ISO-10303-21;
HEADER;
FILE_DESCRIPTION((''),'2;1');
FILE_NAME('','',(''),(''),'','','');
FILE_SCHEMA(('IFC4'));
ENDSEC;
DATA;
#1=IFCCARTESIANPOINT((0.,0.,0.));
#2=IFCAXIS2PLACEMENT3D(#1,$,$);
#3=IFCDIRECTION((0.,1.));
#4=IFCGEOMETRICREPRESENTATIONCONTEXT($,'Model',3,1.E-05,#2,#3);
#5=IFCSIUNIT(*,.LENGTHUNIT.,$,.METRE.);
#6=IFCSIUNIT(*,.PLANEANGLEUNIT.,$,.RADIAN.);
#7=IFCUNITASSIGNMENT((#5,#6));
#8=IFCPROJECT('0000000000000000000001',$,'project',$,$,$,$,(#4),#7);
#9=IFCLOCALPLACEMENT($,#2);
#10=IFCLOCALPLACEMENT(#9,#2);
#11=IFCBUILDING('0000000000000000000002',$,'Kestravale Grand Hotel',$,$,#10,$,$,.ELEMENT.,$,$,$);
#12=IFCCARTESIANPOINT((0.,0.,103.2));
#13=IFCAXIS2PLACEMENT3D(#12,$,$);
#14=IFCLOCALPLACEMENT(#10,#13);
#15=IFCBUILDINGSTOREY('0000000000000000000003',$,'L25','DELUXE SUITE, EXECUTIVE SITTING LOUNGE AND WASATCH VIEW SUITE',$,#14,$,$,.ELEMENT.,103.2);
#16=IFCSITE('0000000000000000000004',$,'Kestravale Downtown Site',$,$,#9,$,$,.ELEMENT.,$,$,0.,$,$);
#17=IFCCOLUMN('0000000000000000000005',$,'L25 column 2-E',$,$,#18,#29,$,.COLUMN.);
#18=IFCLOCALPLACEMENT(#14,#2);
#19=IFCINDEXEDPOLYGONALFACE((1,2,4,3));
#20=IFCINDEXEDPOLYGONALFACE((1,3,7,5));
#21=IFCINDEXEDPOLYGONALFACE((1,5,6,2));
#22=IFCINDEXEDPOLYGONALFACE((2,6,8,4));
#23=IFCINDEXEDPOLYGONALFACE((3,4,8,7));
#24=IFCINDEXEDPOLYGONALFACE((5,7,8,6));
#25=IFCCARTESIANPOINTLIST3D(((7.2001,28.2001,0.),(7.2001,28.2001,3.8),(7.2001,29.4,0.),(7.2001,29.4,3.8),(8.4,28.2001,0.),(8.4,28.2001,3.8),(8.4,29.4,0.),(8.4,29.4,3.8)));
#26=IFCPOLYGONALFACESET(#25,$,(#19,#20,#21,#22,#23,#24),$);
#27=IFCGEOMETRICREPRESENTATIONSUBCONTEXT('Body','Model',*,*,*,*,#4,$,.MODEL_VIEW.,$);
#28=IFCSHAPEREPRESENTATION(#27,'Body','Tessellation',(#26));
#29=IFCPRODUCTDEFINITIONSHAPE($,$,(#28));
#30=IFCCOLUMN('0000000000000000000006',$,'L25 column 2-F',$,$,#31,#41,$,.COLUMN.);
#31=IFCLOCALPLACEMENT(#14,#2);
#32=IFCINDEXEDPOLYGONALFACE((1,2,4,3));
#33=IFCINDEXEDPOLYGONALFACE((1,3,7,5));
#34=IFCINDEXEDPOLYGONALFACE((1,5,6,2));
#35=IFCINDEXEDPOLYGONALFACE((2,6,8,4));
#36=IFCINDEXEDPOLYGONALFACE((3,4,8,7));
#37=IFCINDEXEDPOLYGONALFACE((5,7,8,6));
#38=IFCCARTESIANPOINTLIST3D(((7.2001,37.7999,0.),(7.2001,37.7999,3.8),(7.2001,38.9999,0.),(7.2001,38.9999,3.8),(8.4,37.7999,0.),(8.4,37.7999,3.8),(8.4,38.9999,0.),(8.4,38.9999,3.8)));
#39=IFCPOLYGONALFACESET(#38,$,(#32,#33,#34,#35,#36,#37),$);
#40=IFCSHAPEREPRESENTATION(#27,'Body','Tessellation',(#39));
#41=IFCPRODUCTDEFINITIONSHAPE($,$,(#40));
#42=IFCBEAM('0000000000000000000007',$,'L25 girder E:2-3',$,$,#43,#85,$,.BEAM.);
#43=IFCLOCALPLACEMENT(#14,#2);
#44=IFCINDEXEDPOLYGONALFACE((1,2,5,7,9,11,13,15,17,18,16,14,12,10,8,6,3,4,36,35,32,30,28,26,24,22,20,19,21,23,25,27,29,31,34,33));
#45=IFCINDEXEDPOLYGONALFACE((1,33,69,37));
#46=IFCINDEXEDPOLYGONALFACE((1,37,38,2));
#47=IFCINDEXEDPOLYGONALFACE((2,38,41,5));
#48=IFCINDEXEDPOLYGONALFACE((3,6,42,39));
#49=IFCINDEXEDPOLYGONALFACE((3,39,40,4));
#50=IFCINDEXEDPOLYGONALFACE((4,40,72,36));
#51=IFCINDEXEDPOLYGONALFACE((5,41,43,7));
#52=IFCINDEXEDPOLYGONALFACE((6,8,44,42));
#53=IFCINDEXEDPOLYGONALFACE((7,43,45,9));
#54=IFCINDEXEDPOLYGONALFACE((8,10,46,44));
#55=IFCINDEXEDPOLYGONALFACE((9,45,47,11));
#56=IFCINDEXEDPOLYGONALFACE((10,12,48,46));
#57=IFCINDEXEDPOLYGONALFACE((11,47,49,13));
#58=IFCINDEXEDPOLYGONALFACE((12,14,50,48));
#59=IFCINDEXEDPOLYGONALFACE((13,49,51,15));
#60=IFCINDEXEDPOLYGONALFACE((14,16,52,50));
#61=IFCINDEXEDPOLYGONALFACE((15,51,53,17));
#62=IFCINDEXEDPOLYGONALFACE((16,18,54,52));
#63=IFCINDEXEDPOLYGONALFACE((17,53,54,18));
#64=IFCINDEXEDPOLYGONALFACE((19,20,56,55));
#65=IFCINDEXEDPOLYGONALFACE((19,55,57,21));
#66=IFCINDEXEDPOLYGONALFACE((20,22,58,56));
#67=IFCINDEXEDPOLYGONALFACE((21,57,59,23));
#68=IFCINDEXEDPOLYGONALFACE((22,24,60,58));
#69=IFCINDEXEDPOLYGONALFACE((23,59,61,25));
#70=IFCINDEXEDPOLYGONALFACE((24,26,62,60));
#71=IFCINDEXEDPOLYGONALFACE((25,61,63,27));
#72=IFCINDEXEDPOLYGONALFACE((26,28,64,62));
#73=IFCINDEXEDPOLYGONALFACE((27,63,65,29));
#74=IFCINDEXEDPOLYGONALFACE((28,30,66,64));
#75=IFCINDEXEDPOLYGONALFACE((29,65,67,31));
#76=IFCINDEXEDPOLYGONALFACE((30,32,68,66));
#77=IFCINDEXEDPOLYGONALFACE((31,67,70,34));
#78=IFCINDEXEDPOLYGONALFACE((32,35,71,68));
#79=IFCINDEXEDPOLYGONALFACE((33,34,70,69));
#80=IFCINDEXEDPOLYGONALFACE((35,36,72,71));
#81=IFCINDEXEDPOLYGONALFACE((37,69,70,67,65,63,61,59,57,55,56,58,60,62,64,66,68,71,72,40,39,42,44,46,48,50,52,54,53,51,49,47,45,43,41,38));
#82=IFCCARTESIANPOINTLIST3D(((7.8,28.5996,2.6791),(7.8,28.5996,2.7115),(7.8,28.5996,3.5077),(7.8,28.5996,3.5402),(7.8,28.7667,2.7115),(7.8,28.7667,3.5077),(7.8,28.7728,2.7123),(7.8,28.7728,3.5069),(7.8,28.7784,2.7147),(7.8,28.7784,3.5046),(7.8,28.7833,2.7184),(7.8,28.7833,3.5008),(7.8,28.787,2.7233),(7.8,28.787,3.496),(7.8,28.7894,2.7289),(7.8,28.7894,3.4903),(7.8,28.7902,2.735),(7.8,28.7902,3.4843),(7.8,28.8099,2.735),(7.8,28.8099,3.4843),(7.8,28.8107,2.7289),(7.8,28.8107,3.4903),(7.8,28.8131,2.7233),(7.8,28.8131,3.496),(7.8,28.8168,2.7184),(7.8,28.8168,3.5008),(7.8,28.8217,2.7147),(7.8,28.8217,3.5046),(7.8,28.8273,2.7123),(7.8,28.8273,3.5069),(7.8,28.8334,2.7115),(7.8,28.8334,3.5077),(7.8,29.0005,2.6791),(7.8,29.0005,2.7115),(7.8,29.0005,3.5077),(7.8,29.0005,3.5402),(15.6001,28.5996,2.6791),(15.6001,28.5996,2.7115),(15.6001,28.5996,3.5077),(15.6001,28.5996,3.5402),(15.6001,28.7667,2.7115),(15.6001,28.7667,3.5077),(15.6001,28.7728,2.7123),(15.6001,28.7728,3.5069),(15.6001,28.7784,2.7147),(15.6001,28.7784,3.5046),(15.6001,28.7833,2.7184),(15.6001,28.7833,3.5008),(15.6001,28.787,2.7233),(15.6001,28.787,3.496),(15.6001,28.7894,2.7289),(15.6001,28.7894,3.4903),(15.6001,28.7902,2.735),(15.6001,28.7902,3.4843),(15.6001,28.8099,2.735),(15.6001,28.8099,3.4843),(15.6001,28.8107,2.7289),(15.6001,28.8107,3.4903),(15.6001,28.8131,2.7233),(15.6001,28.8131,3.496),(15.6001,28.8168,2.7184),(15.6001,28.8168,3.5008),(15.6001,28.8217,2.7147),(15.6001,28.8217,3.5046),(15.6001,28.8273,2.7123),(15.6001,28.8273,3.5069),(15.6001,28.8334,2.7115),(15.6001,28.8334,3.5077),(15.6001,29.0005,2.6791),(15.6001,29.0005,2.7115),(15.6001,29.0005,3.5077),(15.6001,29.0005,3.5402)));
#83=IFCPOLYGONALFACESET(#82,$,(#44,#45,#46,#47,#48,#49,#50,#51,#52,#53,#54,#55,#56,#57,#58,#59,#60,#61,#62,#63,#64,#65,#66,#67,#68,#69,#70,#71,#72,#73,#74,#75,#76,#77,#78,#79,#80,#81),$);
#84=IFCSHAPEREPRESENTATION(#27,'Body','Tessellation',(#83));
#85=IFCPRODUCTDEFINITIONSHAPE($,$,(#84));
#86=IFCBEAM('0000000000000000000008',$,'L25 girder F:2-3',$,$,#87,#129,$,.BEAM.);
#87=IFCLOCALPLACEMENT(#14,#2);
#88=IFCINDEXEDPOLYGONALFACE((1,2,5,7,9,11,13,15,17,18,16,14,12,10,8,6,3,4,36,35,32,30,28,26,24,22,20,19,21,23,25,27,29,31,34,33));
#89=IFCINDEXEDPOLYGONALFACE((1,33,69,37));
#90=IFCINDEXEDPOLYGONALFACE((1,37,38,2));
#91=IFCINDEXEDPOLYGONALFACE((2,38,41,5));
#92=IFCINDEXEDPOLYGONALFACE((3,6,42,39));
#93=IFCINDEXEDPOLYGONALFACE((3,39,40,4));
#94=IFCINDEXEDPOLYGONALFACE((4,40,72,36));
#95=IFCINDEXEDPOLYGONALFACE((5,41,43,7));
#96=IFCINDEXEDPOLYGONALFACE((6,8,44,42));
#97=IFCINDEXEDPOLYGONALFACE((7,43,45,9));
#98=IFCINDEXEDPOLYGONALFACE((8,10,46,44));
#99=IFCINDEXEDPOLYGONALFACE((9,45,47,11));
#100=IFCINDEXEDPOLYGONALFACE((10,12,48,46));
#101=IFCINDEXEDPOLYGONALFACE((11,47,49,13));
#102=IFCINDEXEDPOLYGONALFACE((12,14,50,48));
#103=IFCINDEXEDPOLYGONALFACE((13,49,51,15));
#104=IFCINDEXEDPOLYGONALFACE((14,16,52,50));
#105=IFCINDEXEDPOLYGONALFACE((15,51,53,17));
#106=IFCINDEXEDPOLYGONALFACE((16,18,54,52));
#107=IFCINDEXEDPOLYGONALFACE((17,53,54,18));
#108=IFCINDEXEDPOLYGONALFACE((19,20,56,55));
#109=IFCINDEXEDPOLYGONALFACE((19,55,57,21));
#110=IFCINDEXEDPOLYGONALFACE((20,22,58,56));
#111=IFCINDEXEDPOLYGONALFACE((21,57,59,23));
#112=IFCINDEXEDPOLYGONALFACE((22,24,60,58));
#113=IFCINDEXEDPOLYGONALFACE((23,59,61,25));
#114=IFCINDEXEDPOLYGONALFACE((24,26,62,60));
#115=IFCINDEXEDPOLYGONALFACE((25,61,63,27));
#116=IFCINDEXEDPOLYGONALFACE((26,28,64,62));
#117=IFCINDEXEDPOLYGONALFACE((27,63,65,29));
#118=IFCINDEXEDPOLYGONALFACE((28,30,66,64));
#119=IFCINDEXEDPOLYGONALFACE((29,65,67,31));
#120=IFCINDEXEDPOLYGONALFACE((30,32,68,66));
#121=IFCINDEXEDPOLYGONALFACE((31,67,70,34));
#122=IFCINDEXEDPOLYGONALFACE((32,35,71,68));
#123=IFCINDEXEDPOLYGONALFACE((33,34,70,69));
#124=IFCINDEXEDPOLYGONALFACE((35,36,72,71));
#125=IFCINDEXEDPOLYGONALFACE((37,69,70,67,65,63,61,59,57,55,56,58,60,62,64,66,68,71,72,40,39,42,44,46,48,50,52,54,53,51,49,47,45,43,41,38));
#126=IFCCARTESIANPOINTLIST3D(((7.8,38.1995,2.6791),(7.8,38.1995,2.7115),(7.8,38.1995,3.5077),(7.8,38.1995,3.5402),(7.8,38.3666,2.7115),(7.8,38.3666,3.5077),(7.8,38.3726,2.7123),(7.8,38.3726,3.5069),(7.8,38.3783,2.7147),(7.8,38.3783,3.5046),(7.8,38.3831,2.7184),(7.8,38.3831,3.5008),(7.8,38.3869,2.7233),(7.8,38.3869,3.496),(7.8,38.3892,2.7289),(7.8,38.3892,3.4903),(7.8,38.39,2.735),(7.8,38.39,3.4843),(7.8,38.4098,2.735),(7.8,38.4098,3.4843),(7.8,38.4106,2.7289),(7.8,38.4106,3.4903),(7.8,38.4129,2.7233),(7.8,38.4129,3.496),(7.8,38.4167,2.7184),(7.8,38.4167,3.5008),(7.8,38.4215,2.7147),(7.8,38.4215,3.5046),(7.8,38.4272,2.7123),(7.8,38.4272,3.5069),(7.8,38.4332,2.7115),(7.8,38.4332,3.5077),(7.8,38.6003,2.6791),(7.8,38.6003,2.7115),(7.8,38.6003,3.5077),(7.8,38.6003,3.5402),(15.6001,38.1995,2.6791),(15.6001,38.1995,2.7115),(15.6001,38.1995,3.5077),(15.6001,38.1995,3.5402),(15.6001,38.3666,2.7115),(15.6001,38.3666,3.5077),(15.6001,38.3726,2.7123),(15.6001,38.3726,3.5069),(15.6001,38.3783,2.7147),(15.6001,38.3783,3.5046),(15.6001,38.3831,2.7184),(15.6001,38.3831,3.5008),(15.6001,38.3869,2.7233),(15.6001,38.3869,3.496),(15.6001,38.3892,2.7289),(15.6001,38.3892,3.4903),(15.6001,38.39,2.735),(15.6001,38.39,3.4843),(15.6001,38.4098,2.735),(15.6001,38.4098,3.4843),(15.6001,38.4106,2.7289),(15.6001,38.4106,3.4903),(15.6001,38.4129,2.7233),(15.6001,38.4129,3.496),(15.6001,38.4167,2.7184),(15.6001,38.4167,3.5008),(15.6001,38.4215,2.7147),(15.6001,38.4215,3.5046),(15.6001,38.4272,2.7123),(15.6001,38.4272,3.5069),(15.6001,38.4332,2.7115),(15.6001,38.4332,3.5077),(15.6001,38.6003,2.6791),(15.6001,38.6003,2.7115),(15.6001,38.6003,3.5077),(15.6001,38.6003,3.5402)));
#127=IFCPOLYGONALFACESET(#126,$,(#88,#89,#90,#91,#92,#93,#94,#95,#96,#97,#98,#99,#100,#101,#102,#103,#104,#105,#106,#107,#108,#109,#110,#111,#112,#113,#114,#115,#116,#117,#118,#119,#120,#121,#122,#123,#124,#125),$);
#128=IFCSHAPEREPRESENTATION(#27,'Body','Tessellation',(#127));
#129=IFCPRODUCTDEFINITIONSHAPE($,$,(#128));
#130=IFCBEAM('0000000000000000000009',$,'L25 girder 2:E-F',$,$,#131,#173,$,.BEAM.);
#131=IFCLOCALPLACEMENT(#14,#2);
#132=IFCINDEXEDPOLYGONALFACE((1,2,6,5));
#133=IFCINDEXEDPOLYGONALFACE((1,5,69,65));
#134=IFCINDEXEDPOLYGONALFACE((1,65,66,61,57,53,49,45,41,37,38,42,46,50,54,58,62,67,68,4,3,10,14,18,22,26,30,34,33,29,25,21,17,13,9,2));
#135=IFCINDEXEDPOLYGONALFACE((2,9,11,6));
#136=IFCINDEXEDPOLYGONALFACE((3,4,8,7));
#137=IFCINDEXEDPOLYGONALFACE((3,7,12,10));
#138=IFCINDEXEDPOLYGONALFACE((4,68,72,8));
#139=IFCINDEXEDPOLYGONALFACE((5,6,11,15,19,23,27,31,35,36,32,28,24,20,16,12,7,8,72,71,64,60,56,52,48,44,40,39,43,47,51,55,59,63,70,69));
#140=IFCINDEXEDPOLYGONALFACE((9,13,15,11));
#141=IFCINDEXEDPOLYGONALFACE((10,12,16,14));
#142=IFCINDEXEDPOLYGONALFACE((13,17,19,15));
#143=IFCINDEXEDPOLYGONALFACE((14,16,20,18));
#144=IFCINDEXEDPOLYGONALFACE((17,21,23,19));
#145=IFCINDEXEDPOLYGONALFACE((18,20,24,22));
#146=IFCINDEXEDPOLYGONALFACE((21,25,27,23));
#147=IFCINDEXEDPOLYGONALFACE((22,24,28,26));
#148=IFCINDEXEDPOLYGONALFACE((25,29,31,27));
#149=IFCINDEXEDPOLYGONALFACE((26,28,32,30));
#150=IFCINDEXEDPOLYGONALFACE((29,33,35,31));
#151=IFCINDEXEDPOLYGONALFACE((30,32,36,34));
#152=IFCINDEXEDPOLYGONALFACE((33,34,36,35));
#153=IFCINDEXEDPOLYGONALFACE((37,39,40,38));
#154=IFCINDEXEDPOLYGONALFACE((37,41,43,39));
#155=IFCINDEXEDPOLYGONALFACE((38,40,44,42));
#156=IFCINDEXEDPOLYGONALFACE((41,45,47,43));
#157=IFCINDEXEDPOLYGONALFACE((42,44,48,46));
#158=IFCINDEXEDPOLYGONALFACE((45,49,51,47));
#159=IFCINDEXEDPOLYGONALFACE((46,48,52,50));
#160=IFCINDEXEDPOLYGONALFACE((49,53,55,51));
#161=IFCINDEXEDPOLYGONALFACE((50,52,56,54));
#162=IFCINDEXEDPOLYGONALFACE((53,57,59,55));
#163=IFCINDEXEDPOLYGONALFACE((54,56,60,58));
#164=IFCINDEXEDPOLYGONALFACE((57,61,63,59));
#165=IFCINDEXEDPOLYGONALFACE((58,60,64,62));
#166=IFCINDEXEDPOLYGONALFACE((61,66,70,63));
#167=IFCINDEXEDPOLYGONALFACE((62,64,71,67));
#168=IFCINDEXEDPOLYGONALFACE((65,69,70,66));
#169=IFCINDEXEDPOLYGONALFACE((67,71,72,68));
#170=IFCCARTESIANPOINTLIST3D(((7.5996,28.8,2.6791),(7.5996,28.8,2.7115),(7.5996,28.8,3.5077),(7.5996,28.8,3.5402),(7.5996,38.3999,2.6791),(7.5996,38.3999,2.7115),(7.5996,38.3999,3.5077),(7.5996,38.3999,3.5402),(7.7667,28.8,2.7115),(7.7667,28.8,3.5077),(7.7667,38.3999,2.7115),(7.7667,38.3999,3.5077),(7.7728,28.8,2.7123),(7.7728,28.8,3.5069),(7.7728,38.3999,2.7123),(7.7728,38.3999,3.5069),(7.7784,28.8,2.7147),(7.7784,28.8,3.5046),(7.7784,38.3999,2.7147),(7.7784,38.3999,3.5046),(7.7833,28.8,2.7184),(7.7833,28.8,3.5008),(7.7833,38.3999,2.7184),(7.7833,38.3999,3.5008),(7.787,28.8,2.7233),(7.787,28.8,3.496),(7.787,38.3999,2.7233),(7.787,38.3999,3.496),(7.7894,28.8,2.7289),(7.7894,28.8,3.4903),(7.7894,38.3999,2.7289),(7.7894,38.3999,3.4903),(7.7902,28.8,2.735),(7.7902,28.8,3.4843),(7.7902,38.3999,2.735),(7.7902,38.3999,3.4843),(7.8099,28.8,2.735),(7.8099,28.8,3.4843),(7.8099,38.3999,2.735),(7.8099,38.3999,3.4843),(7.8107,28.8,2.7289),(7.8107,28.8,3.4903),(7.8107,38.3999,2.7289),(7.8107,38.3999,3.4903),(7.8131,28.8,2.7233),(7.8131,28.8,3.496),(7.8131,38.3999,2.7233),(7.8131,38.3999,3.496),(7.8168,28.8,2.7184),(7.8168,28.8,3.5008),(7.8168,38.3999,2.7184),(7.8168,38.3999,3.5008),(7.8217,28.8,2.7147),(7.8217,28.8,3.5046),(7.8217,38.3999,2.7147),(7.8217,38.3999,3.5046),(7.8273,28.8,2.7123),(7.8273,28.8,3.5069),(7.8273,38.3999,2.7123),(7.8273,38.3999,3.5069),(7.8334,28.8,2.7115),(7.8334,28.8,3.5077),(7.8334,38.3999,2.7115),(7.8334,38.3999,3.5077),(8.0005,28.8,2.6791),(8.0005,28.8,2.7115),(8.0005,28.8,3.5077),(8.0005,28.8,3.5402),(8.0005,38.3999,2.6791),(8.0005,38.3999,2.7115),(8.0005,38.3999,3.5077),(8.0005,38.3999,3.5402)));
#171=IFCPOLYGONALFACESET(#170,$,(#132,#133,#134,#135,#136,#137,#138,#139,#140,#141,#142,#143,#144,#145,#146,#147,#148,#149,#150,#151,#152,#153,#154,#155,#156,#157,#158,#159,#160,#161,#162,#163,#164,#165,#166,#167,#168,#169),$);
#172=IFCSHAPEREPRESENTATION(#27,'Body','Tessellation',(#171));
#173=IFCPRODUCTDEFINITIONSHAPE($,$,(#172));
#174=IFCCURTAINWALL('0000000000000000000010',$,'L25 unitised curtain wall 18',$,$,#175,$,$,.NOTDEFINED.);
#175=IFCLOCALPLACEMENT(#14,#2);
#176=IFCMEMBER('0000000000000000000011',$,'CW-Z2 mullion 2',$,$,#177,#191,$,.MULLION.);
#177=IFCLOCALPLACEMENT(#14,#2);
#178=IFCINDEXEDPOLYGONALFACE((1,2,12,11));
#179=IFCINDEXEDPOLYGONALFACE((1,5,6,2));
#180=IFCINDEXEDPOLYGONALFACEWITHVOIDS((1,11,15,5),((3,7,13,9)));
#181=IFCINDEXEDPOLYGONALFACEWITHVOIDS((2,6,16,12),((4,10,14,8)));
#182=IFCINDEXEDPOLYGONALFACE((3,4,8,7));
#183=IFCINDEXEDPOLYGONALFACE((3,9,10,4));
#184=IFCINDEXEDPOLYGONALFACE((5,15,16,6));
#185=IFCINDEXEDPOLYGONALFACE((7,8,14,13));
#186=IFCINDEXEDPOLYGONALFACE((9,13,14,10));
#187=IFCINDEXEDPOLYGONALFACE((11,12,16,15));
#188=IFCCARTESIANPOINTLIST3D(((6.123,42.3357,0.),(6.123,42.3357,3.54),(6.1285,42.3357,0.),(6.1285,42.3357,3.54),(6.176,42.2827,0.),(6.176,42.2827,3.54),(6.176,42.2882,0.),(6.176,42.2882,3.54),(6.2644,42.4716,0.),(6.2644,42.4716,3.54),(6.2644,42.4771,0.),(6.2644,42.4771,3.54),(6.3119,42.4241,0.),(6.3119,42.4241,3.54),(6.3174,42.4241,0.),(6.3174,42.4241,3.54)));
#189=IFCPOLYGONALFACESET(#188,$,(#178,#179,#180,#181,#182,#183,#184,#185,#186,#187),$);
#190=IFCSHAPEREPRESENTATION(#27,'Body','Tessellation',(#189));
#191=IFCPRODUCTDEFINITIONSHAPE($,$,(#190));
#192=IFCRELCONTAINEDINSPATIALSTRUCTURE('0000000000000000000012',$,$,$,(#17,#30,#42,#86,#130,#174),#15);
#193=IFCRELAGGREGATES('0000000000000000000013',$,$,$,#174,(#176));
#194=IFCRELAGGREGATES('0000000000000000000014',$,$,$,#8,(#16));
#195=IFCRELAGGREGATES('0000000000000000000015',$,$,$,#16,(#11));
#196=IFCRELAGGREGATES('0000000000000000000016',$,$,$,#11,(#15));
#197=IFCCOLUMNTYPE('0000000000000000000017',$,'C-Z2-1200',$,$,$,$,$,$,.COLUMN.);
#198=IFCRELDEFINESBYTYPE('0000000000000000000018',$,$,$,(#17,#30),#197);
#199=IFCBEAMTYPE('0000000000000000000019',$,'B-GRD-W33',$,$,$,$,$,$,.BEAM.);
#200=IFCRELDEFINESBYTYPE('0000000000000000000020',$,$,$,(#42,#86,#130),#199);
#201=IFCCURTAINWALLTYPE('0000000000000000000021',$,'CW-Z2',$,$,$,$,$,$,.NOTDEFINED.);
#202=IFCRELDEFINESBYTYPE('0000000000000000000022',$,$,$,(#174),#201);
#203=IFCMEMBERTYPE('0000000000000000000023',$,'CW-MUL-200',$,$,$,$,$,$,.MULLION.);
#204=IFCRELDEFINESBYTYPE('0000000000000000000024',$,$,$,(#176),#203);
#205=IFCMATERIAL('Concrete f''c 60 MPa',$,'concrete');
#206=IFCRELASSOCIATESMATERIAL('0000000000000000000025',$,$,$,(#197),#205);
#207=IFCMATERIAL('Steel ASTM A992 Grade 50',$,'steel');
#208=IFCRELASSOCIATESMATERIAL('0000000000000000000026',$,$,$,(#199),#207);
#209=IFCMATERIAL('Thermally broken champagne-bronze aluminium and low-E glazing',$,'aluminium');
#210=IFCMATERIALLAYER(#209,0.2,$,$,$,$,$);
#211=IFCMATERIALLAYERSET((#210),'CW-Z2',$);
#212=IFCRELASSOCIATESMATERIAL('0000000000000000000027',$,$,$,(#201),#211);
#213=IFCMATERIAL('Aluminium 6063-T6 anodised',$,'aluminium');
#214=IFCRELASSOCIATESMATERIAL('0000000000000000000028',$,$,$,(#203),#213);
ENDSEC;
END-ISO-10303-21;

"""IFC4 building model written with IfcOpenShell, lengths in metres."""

from ifc_helpers import new_model, si_unit, direction, frame, origin, origin_2d, place, context, subcontext, project, spatial, rectangle, hollow_rectangle, i_section, extrude, material, layer, layer_set, material_profile, profile_set, type_object, element, aggregate, save


model = new_model("IFC4")

# Units and contexts
model_context = context("Model", 3, precision=1e-05, world=origin(), true_north=direction((0.0, 1.0)))
body_context = subcontext(model_context, "Body", "Model", "MODEL_VIEW")
ifc_project = project(units=[si_unit("LENGTHUNIT", "METRE"), si_unit("PLANEANGLEUNIT", "RADIAN")], contexts=[model_context])

# Site, building, storey
site_placement = place(None, origin())
site = spatial("IfcSite", under=ifc_project, at=site_placement, Name="Kestravale Downtown Site", CompositionType="ELEMENT", RefElevation=0.0)
building_placement = place(site_placement, origin())
building = spatial("IfcBuilding", under=site, at=building_placement, Name="Kestravale Grand Hotel", CompositionType="ELEMENT")
storey_placement = place(building_placement, frame((0.0, 0.0, 103.2)))
storey = spatial("IfcBuildingStorey", under=building, at=storey_placement, Name="L25", Description="DELUXE SUITE, EXECUTIVE SITTING LOUNGE AND WASATCH VIEW SUITE", CompositionType="ELEMENT", Elevation=103.2)

# Columns
ifc_material_1 = material(Name="Concrete f'c 60 MPa", Category="concrete")
ifc_material_profile_1 = material_profile(ifc_material_1, rectangle(XDim=1.2, YDim=1.2, at=origin_2d()))
ifc_profile_set_1 = profile_set([ifc_material_profile_1], Name="Concrete f'c 60 MPa")
column_type = type_object("IfcColumnType", Name="C-Z2-1200", PredefinedType="COLUMN", material=ifc_profile_set_1)
for number, where, z_axis, x_axis, name in (
    (1, (7.8, 28.8, 0.0), (0.0, 0.0, 1.0), (1.0, 0.0, 0.0), "L25 column 2-E"),
    (2, (7.8, 38.3999, 0.0), (0.0, 0.0, 1.0), (1.0, 0.0, 0.0), "L25 column 2-F"),
):
    element("IfcColumn", number, at=place(storey_placement, frame(where, z_axis=z_axis, x_axis=x_axis)), inside=storey, type_object=column_type, Name=name, PredefinedType="COLUMN", context=body_context, shape_type="SweptSolid", body=[
        extrude(rectangle(XDim=1.2, YDim=1.2, at=origin_2d()), origin(), (0.0, 0.0, 1.0), 3.8),
    ])

# Beams
ifc_material_2 = material(Name="Steel ASTM A992 Grade 50", Category="steel")
ifc_material_profile_2 = material_profile(ifc_material_2, i_section(OverallWidth=0.4009, OverallDepth=0.8611, WebThickness=0.0198, FlangeThickness=0.0325, FilletRadius=0.0234, at=origin_2d()))
ifc_profile_set_2 = profile_set([ifc_material_profile_2], Name="Steel ASTM A992 Grade 50")
beam_type = type_object("IfcBeamType", Name="B-GRD-W33", PredefinedType="BEAM", material=ifc_profile_set_2)
for number, where, z_axis, x_axis, name in (
    (3, (7.8, 28.8, 3.1096), (1.0, 0.0, 0.0), (0.0, 1.0, 0.0), "L25 girder E:2-3"),
    (4, (7.8, 38.3999, 3.1096), (1.0, 0.0, 0.0), (0.0, 1.0, 0.0), "L25 girder F:2-3"),
):
    element("IfcBeam", number, at=place(storey_placement, frame(where, z_axis=z_axis, x_axis=x_axis)), inside=storey, type_object=beam_type, Name=name, PredefinedType="BEAM", context=body_context, shape_type="SweptSolid", body=[
        extrude(i_section(OverallWidth=0.4009, OverallDepth=0.8611, WebThickness=0.0198, FlangeThickness=0.0325, FilletRadius=0.0234, at=origin_2d()), origin(), (0.0, 0.0, 1.0), 7.8),
    ])
beam_placement = place(storey_placement, frame((7.8, 28.8, 3.1096), z_axis=(0.0, 1.0, 0.0), x_axis=(-1.0, 0.0, 0.0)))
element("IfcBeam", 5, at=beam_placement, inside=storey, type_object=beam_type, Name="L25 girder 2:E-F", PredefinedType="BEAM", context=body_context, shape_type="SweptSolid", body=[
    extrude(i_section(OverallWidth=0.4009, OverallDepth=0.8611, WebThickness=0.0198, FlangeThickness=0.0325, FilletRadius=0.0234, at=origin_2d()), origin(), (0.0, 0.0, 1.0), 9.5999),
])

# Curtain wall, member
ifc_material_3 = material(Name="Thermally broken champagne-bronze aluminium and low-E glazing", Category="aluminium")
ifc_layer_1 = layer(ifc_material_3, 0.2)
ifc_layer_set_1 = layer_set([ifc_layer_1], Name="CW-Z2")
curtain_wall_type = type_object("IfcCurtainWallType", Name="CW-Z2", PredefinedType="NOTDEFINED", material=ifc_layer_set_1)
curtain_wall_placement = place(storey_placement, origin())
curtain_wall = element("IfcCurtainWall", 6, at=curtain_wall_placement, inside=storey, type_object=curtain_wall_type, Name="L25 unitised curtain wall 18", PredefinedType="NOTDEFINED")
ifc_material_4 = material(Name="Aluminium 6063-T6 anodised", Category="aluminium")
ifc_material_profile_3 = material_profile(ifc_material_4, hollow_rectangle(XDim=0.075, YDim=0.2, WallThickness=0.0039, at=origin_2d()))
ifc_profile_set_3 = profile_set([ifc_material_profile_3], Name="Aluminium 6063-T6 anodised")
member_type_1 = type_object("IfcMemberType", Name="CW-MUL-200", PredefinedType="MULLION", material=ifc_profile_set_3)
member_1_placement = place(storey_placement, frame((6.2202, 42.3799, 0.0), z_axis=(0.0, 0.0, 1.0), x_axis=(0.707107, -0.707107, 0.0)))
member_1 = element("IfcMember", 7, at=member_1_placement, type_object=member_type_1, Name="CW-Z2 mullion 2", PredefinedType="MULLION", context=body_context, shape_type="SweptSolid", body=[
    extrude(hollow_rectangle(XDim=0.075, YDim=0.2, WallThickness=0.0039, at=origin_2d()), origin(), (0.0, 0.0, 1.0), 3.54),
])
aggregate(curtain_wall, [member_1])

save(model, "model.ifc")
